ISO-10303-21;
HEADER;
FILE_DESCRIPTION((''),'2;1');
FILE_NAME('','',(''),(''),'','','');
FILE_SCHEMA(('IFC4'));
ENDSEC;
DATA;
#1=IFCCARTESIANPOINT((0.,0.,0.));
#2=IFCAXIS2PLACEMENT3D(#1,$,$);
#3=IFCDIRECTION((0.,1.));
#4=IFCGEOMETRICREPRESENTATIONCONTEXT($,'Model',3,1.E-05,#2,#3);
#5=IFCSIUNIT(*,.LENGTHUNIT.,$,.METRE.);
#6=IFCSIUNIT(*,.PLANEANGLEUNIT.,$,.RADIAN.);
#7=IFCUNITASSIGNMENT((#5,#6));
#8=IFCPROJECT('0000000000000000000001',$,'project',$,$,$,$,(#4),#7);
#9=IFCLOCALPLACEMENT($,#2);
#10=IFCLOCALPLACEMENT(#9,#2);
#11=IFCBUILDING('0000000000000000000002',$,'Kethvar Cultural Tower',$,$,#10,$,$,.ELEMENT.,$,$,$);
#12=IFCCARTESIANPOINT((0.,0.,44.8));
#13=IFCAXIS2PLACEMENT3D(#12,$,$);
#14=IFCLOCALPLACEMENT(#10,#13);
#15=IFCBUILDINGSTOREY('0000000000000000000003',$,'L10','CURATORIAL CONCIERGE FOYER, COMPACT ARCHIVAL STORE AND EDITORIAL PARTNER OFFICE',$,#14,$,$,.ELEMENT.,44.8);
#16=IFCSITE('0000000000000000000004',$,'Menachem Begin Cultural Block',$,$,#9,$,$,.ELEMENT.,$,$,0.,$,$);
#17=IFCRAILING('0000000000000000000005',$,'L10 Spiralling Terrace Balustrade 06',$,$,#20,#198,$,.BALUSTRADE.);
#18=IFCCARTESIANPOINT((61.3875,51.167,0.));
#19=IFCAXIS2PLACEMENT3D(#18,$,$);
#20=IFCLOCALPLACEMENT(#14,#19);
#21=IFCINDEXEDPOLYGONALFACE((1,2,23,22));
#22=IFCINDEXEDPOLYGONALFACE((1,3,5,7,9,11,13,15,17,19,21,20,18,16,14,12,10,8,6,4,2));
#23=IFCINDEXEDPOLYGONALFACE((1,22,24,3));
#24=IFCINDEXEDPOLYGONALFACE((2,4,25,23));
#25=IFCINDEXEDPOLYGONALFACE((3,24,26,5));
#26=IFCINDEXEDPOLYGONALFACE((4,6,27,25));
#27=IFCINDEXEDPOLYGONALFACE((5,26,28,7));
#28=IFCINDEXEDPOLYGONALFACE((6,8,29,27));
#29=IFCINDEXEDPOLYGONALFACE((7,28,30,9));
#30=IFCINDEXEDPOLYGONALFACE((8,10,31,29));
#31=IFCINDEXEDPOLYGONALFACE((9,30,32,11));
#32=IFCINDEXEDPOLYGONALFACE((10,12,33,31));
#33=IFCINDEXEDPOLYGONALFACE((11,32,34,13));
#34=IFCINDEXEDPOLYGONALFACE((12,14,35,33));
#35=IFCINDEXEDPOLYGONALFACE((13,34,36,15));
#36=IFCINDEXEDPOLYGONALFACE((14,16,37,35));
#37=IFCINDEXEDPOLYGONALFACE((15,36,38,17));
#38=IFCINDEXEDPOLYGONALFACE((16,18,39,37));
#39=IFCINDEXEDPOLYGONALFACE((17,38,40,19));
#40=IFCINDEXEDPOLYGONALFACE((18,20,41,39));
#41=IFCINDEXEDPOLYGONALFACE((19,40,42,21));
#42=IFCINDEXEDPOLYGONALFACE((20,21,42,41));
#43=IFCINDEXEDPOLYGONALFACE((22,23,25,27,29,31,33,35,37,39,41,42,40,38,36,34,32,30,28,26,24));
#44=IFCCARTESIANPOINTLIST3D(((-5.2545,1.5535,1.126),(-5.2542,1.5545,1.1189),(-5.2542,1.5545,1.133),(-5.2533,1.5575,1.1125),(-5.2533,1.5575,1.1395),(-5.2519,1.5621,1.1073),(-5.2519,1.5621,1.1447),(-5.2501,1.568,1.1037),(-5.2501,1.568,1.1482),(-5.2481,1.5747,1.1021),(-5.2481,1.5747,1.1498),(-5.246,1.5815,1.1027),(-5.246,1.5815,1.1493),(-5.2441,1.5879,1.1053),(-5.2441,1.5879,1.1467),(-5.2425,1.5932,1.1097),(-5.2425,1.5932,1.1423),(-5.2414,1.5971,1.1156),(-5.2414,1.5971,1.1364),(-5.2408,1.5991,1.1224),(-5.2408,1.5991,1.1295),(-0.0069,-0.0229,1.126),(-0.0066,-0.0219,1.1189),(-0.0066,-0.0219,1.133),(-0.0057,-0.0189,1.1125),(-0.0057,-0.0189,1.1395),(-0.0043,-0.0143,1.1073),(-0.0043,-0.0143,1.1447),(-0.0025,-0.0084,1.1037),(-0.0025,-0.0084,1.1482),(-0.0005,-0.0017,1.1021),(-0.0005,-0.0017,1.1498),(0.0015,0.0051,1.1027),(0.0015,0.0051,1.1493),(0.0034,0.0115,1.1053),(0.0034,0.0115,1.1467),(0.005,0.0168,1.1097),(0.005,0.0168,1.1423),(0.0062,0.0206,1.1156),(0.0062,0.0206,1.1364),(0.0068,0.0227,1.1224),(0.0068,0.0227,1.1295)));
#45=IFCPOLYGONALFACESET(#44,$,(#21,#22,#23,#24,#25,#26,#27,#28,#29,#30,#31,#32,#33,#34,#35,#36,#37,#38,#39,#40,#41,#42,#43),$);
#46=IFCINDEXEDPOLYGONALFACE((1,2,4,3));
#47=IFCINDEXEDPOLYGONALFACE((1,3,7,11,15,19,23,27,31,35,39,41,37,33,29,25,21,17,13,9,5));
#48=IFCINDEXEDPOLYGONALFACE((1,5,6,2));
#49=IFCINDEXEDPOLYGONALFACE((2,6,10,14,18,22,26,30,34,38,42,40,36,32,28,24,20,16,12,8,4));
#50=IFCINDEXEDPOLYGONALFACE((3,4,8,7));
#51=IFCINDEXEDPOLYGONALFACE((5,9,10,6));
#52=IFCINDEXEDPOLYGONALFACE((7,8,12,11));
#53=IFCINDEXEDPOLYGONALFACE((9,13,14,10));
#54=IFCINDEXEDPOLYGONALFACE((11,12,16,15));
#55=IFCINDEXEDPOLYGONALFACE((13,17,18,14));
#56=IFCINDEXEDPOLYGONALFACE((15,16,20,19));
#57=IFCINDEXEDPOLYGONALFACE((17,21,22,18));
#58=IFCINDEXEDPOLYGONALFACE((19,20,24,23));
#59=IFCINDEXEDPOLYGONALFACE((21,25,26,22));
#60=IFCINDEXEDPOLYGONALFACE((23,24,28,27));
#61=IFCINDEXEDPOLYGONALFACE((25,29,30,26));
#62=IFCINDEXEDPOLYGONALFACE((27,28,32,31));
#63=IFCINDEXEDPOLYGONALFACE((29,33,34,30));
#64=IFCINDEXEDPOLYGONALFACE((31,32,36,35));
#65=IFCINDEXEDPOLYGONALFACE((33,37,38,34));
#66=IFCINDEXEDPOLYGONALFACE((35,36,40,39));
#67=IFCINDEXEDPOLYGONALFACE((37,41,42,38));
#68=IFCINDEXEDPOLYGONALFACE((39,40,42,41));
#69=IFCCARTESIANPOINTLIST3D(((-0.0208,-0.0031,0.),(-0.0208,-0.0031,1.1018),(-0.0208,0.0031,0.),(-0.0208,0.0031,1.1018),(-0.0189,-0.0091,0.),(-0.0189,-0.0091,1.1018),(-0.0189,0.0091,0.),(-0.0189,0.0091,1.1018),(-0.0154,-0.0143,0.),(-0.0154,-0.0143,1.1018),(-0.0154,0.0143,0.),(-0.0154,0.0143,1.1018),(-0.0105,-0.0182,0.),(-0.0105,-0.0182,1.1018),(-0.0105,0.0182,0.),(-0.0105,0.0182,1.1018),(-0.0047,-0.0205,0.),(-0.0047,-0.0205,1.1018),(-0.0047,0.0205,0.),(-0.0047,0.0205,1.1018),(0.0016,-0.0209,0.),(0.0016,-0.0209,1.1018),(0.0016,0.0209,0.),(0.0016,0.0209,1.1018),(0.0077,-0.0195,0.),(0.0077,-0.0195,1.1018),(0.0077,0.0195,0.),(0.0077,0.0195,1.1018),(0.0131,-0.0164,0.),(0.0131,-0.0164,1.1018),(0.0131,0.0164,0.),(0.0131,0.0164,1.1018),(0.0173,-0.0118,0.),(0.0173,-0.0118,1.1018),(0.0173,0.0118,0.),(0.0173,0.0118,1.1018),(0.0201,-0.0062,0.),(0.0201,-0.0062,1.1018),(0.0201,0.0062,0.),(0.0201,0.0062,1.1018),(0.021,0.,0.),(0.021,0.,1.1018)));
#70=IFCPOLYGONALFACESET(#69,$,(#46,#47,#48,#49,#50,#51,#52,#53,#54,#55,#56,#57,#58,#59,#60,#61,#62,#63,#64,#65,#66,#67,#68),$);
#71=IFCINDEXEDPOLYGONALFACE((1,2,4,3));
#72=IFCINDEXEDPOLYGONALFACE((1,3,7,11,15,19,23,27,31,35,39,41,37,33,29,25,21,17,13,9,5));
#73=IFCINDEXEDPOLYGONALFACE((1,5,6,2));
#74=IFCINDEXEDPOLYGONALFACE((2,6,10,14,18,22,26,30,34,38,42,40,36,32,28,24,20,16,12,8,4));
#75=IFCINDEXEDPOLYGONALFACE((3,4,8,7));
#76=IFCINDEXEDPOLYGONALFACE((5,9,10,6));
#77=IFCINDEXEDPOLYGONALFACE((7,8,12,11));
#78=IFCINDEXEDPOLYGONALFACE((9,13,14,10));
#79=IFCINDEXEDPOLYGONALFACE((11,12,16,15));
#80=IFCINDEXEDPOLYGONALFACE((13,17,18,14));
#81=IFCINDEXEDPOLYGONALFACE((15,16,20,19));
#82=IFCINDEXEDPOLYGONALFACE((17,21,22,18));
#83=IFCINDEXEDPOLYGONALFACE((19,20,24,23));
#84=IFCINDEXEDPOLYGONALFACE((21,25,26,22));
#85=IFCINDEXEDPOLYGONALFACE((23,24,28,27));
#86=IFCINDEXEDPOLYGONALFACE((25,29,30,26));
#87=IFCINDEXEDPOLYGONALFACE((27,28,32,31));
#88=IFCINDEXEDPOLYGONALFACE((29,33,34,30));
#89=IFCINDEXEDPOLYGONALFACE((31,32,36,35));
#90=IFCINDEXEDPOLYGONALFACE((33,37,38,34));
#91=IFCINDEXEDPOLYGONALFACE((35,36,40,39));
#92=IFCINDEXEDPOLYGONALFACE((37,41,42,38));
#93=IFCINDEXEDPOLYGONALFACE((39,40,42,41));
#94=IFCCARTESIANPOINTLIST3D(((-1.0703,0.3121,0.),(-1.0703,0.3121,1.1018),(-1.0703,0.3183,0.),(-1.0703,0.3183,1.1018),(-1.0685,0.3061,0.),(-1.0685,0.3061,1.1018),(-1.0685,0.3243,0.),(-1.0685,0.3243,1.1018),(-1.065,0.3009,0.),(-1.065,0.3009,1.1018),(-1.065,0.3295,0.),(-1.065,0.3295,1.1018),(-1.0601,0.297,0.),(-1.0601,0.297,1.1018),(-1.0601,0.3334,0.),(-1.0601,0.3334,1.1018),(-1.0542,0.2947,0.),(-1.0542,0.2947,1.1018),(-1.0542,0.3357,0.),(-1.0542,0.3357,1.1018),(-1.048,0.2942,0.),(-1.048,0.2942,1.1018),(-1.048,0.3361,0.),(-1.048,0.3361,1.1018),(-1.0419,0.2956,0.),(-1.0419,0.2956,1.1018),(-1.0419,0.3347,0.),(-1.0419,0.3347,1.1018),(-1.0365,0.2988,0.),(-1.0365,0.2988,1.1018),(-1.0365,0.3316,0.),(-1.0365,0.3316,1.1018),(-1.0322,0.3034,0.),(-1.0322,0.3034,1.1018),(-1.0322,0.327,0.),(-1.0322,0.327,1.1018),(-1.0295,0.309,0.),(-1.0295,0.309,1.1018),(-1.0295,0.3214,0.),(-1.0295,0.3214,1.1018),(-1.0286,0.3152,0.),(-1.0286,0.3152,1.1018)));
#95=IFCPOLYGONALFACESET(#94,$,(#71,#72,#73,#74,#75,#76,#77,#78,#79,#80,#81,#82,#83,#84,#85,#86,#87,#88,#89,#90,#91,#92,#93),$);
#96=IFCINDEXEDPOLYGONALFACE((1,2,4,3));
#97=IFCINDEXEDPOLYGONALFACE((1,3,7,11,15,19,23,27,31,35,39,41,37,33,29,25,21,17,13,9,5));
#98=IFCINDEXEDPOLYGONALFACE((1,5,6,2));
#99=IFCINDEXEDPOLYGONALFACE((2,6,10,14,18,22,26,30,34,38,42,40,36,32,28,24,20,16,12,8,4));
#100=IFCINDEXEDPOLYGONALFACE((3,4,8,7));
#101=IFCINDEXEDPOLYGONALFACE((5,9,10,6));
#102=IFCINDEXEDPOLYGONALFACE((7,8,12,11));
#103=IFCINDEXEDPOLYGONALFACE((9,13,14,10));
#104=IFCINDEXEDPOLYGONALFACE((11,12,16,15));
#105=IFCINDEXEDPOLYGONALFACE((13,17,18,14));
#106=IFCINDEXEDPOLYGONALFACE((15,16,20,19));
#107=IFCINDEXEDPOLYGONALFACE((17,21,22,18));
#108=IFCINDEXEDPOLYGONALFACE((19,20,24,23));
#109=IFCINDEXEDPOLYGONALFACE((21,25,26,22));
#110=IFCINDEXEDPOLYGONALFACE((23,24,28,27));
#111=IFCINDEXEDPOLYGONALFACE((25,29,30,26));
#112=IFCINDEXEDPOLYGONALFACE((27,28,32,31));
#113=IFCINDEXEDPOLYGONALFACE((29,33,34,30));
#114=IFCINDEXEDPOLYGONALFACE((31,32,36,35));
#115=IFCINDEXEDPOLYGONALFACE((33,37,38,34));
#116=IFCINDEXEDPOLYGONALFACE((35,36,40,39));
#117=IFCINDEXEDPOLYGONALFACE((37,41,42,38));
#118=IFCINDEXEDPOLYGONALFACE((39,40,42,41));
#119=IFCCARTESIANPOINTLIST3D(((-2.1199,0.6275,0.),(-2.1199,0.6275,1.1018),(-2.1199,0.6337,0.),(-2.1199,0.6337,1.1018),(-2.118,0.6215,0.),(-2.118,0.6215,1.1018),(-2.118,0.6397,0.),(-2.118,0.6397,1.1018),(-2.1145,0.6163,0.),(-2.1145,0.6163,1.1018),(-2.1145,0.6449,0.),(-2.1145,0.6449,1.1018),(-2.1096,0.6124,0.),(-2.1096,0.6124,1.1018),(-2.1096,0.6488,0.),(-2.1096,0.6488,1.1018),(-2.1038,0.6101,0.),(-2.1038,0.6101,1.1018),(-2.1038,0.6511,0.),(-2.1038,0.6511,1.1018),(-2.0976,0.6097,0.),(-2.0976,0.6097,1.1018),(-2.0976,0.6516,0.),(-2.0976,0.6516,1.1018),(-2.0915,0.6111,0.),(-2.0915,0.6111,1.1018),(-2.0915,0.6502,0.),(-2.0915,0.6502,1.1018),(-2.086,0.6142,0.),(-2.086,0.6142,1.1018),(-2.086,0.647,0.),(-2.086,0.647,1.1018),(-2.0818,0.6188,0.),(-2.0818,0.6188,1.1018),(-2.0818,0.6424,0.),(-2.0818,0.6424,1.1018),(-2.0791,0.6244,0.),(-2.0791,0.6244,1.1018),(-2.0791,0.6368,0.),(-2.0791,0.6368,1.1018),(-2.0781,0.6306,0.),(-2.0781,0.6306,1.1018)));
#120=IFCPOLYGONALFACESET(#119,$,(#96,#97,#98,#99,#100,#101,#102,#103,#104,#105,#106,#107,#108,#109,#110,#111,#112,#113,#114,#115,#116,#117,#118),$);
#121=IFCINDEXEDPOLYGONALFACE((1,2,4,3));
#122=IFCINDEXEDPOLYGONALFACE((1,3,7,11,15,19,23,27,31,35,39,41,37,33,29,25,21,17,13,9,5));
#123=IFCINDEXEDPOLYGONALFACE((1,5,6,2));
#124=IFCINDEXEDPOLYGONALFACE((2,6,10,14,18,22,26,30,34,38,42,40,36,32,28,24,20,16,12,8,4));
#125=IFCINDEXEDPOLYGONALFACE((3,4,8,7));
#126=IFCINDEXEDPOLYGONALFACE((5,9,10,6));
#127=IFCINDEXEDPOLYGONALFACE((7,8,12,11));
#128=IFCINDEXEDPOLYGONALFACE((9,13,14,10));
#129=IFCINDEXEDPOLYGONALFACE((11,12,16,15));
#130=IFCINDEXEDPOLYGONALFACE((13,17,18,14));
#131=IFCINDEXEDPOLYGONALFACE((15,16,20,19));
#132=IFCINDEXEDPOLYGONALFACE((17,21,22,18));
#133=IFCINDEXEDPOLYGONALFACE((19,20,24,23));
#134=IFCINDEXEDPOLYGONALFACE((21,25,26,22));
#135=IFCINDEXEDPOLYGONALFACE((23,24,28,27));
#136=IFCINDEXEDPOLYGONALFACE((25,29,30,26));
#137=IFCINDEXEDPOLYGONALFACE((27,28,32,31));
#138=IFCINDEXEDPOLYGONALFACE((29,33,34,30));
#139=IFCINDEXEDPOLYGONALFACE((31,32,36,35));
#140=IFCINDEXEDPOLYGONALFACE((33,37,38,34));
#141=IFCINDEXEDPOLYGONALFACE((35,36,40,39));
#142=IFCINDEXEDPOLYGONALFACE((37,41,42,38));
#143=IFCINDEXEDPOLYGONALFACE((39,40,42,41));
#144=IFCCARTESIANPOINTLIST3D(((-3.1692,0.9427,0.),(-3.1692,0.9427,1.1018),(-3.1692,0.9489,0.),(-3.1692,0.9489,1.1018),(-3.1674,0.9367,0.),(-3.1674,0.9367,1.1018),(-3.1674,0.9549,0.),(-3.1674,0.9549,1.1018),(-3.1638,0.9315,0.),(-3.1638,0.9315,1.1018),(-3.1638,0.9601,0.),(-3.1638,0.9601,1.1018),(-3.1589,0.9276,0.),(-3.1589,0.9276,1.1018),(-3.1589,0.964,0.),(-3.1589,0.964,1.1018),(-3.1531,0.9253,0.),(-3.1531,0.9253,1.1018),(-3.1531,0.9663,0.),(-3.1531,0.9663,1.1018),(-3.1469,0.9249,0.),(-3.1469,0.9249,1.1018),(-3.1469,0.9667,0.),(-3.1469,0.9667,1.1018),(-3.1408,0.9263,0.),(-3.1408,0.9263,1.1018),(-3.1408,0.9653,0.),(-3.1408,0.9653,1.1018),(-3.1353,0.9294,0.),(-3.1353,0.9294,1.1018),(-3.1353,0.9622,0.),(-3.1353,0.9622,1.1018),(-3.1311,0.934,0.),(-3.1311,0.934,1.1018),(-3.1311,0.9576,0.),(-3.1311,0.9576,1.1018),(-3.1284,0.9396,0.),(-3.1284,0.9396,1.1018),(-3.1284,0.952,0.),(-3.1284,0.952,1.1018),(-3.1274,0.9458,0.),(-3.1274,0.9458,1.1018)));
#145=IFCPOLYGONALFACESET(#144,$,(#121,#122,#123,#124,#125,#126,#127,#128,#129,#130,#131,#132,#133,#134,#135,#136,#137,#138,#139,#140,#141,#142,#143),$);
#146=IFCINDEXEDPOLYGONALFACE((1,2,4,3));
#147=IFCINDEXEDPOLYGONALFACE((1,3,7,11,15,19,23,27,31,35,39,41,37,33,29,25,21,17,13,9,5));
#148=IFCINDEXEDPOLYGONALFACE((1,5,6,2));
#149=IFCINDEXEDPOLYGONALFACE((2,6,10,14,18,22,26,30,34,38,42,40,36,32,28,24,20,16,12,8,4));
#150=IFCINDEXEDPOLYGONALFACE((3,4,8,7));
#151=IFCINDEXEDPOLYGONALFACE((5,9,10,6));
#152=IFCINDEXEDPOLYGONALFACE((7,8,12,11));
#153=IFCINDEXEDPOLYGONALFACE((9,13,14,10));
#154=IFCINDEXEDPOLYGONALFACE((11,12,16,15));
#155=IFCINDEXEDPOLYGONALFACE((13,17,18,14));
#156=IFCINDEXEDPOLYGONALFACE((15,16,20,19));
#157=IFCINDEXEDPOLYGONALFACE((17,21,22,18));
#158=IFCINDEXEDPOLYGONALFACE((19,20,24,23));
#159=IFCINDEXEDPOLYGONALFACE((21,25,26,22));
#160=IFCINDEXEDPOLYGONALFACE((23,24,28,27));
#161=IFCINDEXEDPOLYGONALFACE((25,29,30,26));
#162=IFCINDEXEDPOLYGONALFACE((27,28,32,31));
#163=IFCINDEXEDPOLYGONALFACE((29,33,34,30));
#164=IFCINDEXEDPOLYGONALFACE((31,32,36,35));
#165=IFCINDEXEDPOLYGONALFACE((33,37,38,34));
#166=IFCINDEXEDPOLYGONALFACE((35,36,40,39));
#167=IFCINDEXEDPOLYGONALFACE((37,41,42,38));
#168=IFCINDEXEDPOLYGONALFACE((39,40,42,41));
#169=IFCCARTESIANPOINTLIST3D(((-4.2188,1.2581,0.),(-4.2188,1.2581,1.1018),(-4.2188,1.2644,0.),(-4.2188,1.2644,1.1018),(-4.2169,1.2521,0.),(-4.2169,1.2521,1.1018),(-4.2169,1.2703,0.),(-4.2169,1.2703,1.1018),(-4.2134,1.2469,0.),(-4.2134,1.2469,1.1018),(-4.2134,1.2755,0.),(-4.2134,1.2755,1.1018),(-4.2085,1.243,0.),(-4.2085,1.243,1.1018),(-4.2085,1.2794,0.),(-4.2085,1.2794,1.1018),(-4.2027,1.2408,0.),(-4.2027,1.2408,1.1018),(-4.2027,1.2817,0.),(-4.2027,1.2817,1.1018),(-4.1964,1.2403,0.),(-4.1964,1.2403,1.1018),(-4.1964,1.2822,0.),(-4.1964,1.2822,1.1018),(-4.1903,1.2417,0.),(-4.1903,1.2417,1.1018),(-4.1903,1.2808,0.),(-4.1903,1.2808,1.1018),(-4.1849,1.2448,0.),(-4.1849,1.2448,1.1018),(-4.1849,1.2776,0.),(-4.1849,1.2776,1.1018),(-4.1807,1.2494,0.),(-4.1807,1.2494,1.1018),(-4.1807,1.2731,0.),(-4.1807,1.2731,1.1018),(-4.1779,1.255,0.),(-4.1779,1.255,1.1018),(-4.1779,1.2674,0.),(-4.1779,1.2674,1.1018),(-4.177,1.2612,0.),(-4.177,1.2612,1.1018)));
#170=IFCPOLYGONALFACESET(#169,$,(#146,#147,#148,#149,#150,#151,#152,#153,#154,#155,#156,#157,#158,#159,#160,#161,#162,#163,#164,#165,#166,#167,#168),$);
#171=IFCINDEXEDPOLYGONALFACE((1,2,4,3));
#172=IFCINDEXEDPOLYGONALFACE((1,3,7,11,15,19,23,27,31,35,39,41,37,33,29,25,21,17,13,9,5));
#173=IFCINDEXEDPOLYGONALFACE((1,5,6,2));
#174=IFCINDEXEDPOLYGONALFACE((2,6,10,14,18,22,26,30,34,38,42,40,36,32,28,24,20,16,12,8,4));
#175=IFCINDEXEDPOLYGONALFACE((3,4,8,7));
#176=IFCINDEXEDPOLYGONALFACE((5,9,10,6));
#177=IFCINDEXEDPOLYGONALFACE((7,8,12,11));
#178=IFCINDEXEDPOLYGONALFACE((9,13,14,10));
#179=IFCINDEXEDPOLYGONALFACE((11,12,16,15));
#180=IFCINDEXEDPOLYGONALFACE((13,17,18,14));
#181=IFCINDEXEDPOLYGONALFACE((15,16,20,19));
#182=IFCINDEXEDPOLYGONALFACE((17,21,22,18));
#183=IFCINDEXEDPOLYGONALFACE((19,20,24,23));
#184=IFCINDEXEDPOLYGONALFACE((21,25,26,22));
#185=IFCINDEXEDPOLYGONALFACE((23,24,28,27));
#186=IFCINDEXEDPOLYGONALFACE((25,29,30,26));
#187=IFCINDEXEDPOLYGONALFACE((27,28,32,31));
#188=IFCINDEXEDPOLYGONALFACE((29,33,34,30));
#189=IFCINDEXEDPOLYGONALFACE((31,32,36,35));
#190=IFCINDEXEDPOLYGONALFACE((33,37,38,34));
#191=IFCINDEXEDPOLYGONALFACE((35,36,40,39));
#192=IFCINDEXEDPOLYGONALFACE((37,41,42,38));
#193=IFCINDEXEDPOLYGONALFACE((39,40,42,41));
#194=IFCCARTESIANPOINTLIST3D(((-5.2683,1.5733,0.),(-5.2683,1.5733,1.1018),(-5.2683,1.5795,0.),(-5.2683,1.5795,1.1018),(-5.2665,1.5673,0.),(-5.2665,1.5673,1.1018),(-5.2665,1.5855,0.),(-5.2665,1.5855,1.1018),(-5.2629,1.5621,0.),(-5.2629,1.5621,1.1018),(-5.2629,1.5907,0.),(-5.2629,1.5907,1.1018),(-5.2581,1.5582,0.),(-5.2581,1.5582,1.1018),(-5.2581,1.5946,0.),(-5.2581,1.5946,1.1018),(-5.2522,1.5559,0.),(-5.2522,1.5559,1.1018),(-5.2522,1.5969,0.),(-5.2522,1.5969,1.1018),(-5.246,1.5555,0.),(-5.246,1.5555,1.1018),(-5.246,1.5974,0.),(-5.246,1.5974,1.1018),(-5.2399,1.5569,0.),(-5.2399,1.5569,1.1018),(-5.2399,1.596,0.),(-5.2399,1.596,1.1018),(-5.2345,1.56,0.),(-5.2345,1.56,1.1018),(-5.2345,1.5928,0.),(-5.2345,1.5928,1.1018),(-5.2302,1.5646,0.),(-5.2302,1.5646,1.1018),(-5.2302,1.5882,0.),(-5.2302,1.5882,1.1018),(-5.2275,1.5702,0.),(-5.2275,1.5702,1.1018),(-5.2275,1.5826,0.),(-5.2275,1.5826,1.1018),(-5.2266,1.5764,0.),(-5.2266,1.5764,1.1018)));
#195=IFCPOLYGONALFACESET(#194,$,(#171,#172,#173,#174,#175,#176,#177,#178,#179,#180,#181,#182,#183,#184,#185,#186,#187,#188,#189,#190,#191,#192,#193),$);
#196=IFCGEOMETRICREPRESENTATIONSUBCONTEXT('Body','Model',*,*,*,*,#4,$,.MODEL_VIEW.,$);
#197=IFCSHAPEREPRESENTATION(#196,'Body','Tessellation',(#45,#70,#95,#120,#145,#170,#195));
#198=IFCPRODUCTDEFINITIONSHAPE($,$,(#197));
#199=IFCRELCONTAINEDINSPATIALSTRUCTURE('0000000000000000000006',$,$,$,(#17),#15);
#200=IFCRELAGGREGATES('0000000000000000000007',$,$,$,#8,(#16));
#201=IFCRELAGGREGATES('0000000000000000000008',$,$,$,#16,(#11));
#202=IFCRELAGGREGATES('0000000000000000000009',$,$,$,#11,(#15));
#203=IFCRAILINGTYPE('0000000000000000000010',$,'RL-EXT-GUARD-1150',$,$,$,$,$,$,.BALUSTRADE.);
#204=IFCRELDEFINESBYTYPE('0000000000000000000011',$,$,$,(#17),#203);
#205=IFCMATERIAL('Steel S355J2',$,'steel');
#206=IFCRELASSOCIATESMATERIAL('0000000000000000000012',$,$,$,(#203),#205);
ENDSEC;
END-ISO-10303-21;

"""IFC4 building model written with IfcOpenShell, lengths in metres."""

from ifc_helpers import new_model, si_unit, direction, frame, origin, origin_2d, place, context, subcontext, project, spatial, circle, extrude, material, type_object, element, save


model = new_model("IFC4")

# Units and contexts
model_context = context("Model", 3, precision=1e-05, world=origin(), true_north=direction((0.0, 1.0)))
body_context = subcontext(model_context, "Body", "Model", "MODEL_VIEW")
ifc_project = project(units=[si_unit("LENGTHUNIT", "METRE"), si_unit("PLANEANGLEUNIT", "RADIAN")], contexts=[model_context])

# Site, building, storey
site_placement = place(None, origin())
site = spatial("IfcSite", under=ifc_project, at=site_placement, Name="Menachem Begin Cultural Block", CompositionType="ELEMENT", RefElevation=0.0)
building_placement = place(site_placement, origin())
building = spatial("IfcBuilding", under=site, at=building_placement, Name="Kethvar Cultural Tower", CompositionType="ELEMENT")
storey_placement = place(building_placement, frame((0.0, 0.0, 44.8)))
storey = spatial("IfcBuildingStorey", under=building, at=storey_placement, Name="L10", Description="CURATORIAL CONCIERGE FOYER, COMPACT ARCHIVAL STORE AND EDITORIAL PARTNER OFFICE", CompositionType="ELEMENT", Elevation=44.8)

# Shared definitions
ifc_material_1 = material(Name="Steel S355J2", Category="steel")

# Railing
railing_type = type_object("IfcRailingType", Name="RL-EXT-GUARD-1150", PredefinedType="BALUSTRADE", material=ifc_material_1)
railing_1_placement = place(storey_placement, frame((61.3875, 51.167, 0.0)))
element("IfcRailing", 1, at=railing_1_placement, inside=storey, type_object=railing_type, Name="L10 Spiralling Terrace Balustrade 06", PredefinedType="BALUSTRADE", context=body_context, shape_type="SweptSolid", body=[
    extrude(circle(Radius=0.0239, at=origin_2d()), frame((0.0, 0.0, 1.126), z_axis=(-0.957718, 0.287708, 0.0), x_axis=(-0.287708, -0.957718, 0.0)), (0.0, 0.0, 1.0), 5.4792),
    extrude(circle(Radius=0.021, at=origin_2d()), origin(), (0.0, 0.0, 1.0), 1.1018),
    extrude(circle(Radius=0.021, at=origin_2d()), frame((-1.0496, 0.3152, 0.0)), (0.0, 0.0, 1.0), 1.1018),
    extrude(circle(Radius=0.021, at=origin_2d()), frame((-2.0991, 0.6306, 0.0)), (0.0, 0.0, 1.0), 1.1018),
    extrude(circle(Radius=0.021, at=origin_2d()), frame((-3.1484, 0.9458, 0.0)), (0.0, 0.0, 1.0), 1.1018),
    extrude(circle(Radius=0.021, at=origin_2d()), frame((-4.198, 1.2612, 0.0)), (0.0, 0.0, 1.0), 1.1018),
    extrude(circle(Radius=0.021, at=origin_2d()), frame((-5.2476, 1.5764, 0.0)), (0.0, 0.0, 1.0), 1.1018),
])

save(model, "model.ifc")
